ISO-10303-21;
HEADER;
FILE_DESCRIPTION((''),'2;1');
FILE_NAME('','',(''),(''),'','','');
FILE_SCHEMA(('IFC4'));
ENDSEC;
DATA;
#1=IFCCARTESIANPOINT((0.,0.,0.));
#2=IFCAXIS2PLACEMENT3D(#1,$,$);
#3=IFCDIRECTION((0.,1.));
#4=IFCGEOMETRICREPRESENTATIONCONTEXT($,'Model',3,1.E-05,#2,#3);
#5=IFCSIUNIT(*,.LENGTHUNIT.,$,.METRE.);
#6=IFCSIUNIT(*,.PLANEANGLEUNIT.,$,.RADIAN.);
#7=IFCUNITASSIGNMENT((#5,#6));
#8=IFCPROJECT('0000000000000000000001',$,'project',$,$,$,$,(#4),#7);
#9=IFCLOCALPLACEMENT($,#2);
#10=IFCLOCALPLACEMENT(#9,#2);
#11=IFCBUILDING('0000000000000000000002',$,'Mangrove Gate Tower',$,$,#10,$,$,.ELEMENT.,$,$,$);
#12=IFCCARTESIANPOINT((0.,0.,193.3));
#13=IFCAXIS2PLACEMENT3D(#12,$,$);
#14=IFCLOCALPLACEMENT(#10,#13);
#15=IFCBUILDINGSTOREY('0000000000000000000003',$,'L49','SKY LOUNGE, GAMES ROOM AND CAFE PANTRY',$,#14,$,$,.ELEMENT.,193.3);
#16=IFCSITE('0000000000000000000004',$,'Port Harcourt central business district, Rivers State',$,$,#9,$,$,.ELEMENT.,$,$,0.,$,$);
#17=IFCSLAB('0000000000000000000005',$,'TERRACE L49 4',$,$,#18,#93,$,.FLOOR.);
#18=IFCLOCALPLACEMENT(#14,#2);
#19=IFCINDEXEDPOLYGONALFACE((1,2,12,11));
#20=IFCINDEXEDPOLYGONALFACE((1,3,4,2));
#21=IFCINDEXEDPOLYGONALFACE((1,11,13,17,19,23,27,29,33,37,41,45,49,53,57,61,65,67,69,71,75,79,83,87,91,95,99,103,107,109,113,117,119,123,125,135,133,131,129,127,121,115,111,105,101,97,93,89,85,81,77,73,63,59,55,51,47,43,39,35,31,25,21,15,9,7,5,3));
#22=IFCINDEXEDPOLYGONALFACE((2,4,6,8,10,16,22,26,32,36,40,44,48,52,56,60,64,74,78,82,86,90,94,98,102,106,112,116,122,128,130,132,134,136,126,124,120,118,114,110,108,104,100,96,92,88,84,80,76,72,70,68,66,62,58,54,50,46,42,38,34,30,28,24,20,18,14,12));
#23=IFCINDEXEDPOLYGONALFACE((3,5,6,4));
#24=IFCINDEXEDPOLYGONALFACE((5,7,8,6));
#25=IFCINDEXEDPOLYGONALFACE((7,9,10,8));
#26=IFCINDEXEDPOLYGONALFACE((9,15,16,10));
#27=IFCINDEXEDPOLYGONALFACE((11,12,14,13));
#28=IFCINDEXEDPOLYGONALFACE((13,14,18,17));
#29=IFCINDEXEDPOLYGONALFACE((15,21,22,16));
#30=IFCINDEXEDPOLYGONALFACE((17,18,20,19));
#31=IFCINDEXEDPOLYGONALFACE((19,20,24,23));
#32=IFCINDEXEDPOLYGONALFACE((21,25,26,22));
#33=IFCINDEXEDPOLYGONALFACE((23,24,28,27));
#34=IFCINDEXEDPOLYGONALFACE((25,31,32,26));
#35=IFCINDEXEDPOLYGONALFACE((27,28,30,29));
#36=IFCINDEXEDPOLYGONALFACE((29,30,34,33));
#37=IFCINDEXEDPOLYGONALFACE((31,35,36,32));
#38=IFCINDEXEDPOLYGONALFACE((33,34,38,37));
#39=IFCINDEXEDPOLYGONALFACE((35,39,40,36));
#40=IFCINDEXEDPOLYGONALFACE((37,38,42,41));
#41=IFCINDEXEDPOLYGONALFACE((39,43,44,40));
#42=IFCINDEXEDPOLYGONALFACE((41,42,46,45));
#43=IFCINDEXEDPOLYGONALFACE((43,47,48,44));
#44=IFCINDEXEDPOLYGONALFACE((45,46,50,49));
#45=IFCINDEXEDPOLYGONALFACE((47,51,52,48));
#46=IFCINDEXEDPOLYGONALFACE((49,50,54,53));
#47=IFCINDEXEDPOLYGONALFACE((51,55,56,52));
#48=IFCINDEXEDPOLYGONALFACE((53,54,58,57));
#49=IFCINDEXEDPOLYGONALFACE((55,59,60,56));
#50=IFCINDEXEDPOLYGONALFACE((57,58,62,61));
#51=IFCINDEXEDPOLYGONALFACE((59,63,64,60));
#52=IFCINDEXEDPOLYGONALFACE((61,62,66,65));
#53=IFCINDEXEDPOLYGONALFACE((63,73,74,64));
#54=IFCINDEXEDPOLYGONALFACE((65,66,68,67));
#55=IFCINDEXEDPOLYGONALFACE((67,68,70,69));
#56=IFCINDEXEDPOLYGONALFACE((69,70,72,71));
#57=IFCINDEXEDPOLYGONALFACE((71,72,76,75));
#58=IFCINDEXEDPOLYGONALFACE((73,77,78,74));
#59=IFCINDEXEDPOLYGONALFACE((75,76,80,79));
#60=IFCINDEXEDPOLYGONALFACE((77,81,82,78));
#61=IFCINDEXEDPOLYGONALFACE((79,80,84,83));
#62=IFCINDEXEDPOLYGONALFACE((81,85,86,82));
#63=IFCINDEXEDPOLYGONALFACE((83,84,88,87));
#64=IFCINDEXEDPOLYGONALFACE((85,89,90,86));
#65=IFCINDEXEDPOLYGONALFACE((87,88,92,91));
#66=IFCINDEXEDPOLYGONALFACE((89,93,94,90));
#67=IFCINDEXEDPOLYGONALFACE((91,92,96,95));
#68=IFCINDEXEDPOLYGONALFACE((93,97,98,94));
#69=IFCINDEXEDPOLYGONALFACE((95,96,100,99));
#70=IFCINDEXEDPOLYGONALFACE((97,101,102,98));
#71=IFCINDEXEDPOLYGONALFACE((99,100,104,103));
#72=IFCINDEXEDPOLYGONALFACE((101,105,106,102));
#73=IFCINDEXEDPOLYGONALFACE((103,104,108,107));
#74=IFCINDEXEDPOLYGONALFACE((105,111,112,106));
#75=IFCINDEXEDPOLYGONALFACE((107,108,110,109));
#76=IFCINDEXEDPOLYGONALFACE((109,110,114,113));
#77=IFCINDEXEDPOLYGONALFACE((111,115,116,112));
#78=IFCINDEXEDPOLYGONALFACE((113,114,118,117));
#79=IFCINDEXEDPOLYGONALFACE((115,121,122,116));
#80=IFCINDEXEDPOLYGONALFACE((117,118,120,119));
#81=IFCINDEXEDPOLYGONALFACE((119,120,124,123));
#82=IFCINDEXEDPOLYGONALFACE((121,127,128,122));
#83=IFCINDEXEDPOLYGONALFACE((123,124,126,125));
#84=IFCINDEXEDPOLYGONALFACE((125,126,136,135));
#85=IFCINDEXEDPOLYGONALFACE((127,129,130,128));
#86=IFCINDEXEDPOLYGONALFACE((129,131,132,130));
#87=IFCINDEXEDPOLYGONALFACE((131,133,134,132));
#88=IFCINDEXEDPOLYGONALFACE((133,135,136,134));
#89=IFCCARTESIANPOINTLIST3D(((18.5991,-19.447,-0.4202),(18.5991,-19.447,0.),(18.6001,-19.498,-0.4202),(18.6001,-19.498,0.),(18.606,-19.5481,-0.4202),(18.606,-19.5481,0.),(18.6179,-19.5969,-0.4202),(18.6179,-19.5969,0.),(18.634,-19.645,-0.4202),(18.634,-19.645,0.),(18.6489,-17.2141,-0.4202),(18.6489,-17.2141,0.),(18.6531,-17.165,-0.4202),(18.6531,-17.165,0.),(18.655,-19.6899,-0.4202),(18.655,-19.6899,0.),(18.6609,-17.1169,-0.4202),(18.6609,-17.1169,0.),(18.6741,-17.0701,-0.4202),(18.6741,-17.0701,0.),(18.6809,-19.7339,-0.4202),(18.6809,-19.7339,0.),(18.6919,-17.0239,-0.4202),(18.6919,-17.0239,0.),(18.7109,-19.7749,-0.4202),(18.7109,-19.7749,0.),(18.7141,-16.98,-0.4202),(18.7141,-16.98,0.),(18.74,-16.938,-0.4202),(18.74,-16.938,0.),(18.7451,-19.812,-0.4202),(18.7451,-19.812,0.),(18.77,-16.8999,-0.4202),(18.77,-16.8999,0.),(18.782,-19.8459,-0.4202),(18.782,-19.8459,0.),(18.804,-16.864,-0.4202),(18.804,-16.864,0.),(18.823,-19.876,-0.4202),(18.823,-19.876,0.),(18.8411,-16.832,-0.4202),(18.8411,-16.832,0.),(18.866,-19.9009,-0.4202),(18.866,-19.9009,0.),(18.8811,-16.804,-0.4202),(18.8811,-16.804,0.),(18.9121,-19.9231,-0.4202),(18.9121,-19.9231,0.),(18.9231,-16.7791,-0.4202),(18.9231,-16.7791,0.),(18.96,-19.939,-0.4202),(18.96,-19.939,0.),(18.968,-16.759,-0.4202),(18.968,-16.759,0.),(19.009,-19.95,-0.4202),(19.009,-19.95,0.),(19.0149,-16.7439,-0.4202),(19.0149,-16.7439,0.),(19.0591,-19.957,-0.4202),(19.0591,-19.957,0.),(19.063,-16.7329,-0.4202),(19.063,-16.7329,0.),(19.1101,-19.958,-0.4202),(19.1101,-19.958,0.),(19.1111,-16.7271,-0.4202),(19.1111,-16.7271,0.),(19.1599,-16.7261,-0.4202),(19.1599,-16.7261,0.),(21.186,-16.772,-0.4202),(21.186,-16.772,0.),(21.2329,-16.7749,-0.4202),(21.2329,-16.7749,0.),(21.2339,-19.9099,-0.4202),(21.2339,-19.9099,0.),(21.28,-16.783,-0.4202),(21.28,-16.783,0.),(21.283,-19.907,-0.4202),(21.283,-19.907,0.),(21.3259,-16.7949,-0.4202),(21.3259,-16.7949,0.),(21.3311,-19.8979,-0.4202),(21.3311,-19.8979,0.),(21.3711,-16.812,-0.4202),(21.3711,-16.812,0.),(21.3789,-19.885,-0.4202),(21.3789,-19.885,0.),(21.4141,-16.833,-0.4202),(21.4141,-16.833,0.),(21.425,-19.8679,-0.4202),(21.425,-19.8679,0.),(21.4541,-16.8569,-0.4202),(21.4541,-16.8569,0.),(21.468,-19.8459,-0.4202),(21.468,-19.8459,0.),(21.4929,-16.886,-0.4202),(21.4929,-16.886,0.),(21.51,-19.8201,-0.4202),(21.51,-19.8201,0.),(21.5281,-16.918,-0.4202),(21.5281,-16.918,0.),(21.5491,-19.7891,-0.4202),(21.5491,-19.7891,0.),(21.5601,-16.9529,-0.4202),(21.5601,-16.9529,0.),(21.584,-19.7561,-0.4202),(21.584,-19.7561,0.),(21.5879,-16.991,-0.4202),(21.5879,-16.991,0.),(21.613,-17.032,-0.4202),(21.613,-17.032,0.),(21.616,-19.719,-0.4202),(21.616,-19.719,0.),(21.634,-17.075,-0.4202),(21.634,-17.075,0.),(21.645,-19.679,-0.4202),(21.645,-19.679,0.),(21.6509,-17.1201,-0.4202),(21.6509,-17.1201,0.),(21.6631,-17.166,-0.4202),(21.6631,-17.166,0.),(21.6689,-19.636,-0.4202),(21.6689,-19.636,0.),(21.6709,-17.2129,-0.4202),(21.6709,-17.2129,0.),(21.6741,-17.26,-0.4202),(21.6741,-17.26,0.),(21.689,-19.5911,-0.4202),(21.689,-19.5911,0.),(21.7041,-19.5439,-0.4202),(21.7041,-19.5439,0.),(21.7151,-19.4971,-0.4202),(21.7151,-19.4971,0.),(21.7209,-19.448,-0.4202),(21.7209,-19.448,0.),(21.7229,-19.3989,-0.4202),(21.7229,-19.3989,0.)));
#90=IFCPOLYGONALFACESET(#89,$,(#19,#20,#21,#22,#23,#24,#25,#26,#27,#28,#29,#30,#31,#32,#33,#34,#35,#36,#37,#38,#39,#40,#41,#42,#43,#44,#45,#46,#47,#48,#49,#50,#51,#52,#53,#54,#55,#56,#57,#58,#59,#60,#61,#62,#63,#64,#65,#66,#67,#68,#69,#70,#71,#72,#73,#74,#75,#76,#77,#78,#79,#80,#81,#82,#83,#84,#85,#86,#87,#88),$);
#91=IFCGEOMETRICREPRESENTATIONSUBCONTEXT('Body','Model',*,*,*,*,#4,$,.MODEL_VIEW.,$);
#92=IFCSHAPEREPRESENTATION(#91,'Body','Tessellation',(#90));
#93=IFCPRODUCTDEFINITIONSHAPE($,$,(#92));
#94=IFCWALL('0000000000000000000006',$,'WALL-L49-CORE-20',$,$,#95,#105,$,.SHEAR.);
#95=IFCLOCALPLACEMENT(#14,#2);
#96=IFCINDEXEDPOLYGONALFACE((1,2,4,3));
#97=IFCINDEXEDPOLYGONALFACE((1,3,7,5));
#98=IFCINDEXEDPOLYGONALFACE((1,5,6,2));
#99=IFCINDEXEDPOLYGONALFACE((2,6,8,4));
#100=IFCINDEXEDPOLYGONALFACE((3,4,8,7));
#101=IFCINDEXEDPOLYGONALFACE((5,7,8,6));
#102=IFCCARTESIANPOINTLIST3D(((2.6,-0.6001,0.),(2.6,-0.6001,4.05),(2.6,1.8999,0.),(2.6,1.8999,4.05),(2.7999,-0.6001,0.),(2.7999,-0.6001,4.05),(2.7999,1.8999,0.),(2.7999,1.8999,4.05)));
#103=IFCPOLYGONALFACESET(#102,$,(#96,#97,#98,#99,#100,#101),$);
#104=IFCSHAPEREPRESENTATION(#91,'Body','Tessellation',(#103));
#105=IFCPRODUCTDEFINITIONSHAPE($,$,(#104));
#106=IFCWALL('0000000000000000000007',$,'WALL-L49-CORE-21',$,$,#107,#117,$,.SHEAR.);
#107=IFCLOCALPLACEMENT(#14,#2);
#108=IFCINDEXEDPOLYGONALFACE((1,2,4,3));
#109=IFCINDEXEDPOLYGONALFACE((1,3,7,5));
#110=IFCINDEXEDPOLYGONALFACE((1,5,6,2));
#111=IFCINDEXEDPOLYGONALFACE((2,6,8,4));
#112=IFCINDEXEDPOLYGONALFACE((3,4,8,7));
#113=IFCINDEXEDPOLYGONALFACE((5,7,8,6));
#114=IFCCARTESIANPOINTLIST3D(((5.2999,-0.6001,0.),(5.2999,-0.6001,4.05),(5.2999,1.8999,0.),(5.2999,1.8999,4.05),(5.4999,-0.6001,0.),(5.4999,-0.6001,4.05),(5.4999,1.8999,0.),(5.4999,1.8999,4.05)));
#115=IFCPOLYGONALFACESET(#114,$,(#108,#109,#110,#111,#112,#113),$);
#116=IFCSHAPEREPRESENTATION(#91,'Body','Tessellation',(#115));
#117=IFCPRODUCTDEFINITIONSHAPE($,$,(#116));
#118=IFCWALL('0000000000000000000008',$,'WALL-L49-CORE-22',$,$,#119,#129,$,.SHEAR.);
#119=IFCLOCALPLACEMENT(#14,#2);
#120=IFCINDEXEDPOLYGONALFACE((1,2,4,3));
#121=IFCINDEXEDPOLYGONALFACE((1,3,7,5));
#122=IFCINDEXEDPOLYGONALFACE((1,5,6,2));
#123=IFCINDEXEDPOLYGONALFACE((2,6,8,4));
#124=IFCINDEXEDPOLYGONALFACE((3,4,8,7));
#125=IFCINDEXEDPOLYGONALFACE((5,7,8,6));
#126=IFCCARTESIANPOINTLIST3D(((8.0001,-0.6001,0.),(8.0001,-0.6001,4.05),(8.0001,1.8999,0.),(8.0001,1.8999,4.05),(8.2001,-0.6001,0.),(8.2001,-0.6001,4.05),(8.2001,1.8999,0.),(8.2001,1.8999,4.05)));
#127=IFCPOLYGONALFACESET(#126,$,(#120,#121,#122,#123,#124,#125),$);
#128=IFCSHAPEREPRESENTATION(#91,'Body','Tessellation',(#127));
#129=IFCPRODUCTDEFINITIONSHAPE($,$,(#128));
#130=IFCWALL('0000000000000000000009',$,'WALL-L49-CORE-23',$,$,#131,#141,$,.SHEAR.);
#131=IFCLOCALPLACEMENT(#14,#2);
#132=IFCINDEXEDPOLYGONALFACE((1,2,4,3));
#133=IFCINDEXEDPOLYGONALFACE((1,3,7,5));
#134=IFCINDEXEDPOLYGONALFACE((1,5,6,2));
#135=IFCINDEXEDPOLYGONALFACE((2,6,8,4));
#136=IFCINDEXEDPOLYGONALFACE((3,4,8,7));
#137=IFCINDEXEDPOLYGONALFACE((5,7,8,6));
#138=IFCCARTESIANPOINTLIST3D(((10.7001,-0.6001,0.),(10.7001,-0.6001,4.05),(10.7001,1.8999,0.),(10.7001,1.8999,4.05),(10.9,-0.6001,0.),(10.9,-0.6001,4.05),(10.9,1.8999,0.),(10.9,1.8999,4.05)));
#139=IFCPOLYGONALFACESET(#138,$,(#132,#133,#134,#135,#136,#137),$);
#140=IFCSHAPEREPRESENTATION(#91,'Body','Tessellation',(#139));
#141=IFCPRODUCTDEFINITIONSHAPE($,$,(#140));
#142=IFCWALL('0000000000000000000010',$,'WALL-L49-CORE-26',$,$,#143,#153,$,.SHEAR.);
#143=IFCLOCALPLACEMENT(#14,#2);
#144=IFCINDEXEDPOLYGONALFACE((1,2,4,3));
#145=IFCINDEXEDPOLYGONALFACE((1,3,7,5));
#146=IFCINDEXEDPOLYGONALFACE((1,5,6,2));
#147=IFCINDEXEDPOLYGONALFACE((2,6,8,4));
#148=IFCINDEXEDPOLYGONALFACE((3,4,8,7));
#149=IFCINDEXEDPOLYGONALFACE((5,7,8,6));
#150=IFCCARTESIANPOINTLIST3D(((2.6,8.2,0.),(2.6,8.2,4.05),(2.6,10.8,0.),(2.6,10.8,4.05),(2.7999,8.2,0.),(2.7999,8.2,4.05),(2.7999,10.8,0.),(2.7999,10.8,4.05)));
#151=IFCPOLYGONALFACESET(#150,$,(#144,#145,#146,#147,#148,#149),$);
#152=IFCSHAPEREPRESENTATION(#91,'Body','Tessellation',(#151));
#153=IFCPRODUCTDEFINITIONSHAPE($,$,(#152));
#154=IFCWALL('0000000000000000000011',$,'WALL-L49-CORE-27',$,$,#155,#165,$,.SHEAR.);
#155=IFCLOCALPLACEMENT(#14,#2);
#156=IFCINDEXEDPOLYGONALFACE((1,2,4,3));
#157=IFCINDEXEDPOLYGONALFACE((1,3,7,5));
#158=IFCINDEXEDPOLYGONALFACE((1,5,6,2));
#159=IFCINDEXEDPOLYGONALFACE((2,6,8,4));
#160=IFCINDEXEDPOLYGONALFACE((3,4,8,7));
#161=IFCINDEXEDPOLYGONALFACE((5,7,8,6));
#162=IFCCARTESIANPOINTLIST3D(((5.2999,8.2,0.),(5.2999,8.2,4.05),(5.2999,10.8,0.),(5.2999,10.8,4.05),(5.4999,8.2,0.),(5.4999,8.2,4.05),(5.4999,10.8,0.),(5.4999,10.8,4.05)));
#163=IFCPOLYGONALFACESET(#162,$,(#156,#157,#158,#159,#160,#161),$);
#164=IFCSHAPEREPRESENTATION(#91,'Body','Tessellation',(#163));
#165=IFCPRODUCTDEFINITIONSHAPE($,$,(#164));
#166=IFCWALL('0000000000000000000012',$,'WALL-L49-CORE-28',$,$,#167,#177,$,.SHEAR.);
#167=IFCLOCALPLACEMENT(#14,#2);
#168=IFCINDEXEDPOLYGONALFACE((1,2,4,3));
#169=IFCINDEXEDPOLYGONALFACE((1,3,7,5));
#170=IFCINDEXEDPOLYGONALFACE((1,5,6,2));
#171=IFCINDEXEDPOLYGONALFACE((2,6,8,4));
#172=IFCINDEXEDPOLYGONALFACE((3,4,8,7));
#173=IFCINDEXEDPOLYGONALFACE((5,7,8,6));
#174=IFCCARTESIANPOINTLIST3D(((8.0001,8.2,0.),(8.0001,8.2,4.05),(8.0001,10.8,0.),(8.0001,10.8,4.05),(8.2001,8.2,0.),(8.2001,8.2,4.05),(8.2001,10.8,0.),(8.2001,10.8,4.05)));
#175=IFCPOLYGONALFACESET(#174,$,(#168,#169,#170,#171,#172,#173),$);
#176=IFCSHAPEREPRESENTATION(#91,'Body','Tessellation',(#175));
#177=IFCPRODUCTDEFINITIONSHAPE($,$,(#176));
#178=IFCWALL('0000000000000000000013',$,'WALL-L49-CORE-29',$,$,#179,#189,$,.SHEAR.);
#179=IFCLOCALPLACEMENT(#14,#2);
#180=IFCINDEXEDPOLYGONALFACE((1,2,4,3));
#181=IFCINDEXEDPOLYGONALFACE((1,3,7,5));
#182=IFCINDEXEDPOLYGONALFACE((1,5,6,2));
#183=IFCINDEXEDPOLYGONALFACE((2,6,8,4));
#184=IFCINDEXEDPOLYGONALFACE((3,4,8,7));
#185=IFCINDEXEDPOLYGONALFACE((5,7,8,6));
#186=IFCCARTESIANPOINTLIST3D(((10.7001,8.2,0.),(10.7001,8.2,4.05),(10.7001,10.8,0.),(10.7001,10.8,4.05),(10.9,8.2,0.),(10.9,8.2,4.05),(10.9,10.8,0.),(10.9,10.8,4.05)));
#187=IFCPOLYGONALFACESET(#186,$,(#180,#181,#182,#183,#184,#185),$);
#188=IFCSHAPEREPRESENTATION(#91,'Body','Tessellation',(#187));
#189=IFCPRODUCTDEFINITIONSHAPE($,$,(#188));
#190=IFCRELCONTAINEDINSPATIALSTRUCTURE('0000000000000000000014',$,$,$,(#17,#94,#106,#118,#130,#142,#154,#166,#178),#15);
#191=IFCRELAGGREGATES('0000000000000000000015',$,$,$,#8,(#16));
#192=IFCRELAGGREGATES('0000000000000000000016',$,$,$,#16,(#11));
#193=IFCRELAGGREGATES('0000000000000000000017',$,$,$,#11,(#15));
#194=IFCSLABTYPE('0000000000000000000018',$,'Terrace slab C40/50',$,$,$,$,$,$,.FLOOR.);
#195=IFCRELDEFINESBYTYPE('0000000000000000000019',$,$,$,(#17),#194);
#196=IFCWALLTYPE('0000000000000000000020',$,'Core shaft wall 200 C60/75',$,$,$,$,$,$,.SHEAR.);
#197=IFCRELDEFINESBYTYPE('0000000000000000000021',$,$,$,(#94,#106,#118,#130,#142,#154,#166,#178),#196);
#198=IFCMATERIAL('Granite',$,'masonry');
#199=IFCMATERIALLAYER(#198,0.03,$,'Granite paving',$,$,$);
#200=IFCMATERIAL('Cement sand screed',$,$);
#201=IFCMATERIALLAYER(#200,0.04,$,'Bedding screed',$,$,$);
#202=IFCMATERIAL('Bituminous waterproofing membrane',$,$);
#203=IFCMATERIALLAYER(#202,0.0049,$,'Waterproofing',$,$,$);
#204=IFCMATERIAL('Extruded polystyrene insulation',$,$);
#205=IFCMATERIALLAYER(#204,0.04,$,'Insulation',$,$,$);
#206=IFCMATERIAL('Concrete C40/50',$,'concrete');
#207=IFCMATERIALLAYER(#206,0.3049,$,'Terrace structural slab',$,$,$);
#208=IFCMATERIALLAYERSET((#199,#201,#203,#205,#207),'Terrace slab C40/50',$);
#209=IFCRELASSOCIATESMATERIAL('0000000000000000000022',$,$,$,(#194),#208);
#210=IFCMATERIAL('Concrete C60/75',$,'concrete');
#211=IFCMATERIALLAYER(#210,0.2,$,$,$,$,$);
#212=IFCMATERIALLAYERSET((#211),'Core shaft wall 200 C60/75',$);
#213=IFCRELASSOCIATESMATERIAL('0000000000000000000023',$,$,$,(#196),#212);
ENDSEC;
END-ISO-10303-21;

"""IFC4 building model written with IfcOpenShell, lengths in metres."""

from ifc_helpers import new_model, si_unit, direction, frame, frame_2d, origin, place, context, subcontext, project, spatial, polyline, rectangle, outline, extrude, material, layer, layer_set, type_object, element, save


model = new_model("IFC4")

# Units and contexts
model_context = context("Model", 3, precision=1e-05, world=origin(), true_north=direction((0.0, 1.0)))
body_context = subcontext(model_context, "Body", "Model", "MODEL_VIEW")
ifc_project = project(units=[si_unit("LENGTHUNIT", "METRE"), si_unit("PLANEANGLEUNIT", "RADIAN")], contexts=[model_context])

# Site, building, storey
site_placement = place(None, origin())
site = spatial("IfcSite", under=ifc_project, at=site_placement, Name="Port Harcourt central business district, Rivers State", CompositionType="ELEMENT", RefElevation=0.0)
building_placement = place(site_placement, origin())
building = spatial("IfcBuilding", under=site, at=building_placement, Name="Mangrove Gate Tower", CompositionType="ELEMENT")
storey_placement = place(building_placement, frame((0.0, 0.0, 193.3)))
storey = spatial("IfcBuildingStorey", under=building, at=storey_placement, Name="L49", Description="SKY LOUNGE, GAMES ROOM AND CAFE PANTRY", CompositionType="ELEMENT", Elevation=193.3)

# Shared definitions
ifc_material_1 = material(Name="Cement sand screed")
ifc_material_2 = material(Name="Bituminous waterproofing membrane")
ifc_material_3 = material(Name="Concrete C40/50", Category="concrete")

# Slab
ifc_material_4 = material(Name="Granite", Category="masonry")
ifc_layer_1 = layer(ifc_material_4, 0.03, Name="Granite paving")
ifc_layer_2 = layer(ifc_material_1, 0.04, Name="Bedding screed")
ifc_layer_3 = layer(ifc_material_2, 0.0049, Name="Waterproofing")
ifc_material_5 = material(Name="Extruded polystyrene insulation")
ifc_layer_4 = layer(ifc_material_5, 0.04, Name="Insulation")
ifc_layer_5 = layer(ifc_material_3, 0.3049, Name="Terrace structural slab")
ifc_layer_set_1 = layer_set([ifc_layer_1, ifc_layer_2, ifc_layer_3, ifc_layer_4, ifc_layer_5], Name="Terrace slab C40/50")
slab_type_1 = type_object("IfcSlabType", Name="Terrace slab C40/50", PredefinedType="FLOOR", material=ifc_layer_set_1)
slab_1_placement = place(storey_placement, frame((0.0, 0.0, -0.4202)))
element("IfcSlab", 1, at=slab_1_placement, inside=storey, type_object=slab_type_1, Name="TERRACE L49 4", PredefinedType="FLOOR", context=body_context, shape_type="SweptSolid", body=[
    extrude(outline(polyline([(21.7229, -19.3989), (21.6741, -17.26), (21.6709, -17.2129), (21.6631, -17.166), (21.6509, -17.1201), (21.634, -17.075), (21.613, -17.032), (21.5879, -16.991), (21.5601, -16.9529), (21.5281, -16.918), (21.4929, -16.886), (21.4541, -16.8569), (21.4141, -16.833), (21.3711, -16.812), (21.3259, -16.7949), (21.28, -16.783), (21.2329, -16.7749), (21.186, -16.772), (19.1599, -16.7261), (19.1111, -16.7271), (19.063, -16.7329), (19.0149, -16.7439), (18.968, -16.759), (18.9231, -16.7791), (18.8811, -16.804), (18.8411, -16.832), (18.804, -16.864), (18.77, -16.8999), (18.74, -16.938), (18.7141, -16.98), (18.6919, -17.0239), (18.6741, -17.0701), (18.6609, -17.1169), (18.6531, -17.165), (18.6489, -17.2141), (18.5991, -19.447), (18.6001, -19.498), (18.606, -19.5481), (18.6179, -19.5969), (18.634, -19.645), (18.655, -19.6899), (18.6809, -19.7339), (18.7109, -19.7749), (18.7451, -19.812), (18.782, -19.8459), (18.823, -19.876), (18.866, -19.9009), (18.9121, -19.9231), (18.96, -19.939), (19.009, -19.95), (19.0591, -19.957), (19.1101, -19.958), (21.2339, -19.9099), (21.283, -19.907), (21.3311, -19.8979), (21.3789, -19.885), (21.425, -19.8679), (21.468, -19.8459), (21.51, -19.8201), (21.5491, -19.7891), (21.584, -19.7561), (21.616, -19.719), (21.645, -19.679), (21.6689, -19.636), (21.689, -19.5911), (21.7041, -19.5439), (21.7151, -19.4971), (21.7209, -19.448), (21.7229, -19.3989)])), origin(), (0.0, 0.0, 1.0), 0.4202),
])

# Walls
ifc_material_6 = material(Name="Concrete C60/75", Category="concrete")
ifc_layer_6 = layer(ifc_material_6, 0.2)
ifc_layer_set_2 = layer_set([ifc_layer_6], Name="Core shaft wall 200 C60/75")
wall_type = type_object("IfcWallType", Name="Core shaft wall 200 C60/75", PredefinedType="SHEAR", material=ifc_layer_set_2)
for number, where, z_axis, x_axis, name in (
    (2, (2.7, -0.6001, 0.0), (0.0, 0.0, 1.0), (0.0, 1.0, 0.0), "WALL-L49-CORE-20"),
    (3, (5.3999, -0.6001, 0.0), (0.0, 0.0, 1.0), (0.0, 1.0, 0.0), "WALL-L49-CORE-21"),
    (4, (8.1001, -0.6001, 0.0), (0.0, 0.0, 1.0), (0.0, 1.0, 0.0), "WALL-L49-CORE-22"),
    (5, (10.8, -0.6001, 0.0), (0.0, 0.0, 1.0), (0.0, 1.0, 0.0), "WALL-L49-CORE-23"),
):
    element("IfcWall", number, at=place(storey_placement, frame(where, z_axis=z_axis, x_axis=x_axis)), inside=storey, type_object=wall_type, Name=name, PredefinedType="SHEAR", context=body_context, shape_type="SweptSolid", body=[
        extrude(rectangle(XDim=2.5, YDim=0.2, at=frame_2d((1.25, 0.0))), origin(), (0.0, 0.0, 1.0), 4.05),
    ])
for number, where, z_axis, x_axis, name in (
    (6, (2.7, 8.2, 0.0), (0.0, 0.0, 1.0), (0.0, 1.0, 0.0), "WALL-L49-CORE-26"),
    (7, (5.3999, 8.2, 0.0), (0.0, 0.0, 1.0), (0.0, 1.0, 0.0), "WALL-L49-CORE-27"),
    (8, (8.1001, 8.2, 0.0), (0.0, 0.0, 1.0), (0.0, 1.0, 0.0), "WALL-L49-CORE-28"),
    (9, (10.8, 8.2, 0.0), (0.0, 0.0, 1.0), (0.0, 1.0, 0.0), "WALL-L49-CORE-29"),
):
    element("IfcWall", number, at=place(storey_placement, frame(where, z_axis=z_axis, x_axis=x_axis)), inside=storey, type_object=wall_type, Name=name, PredefinedType="SHEAR", context=body_context, shape_type="SweptSolid", body=[
        extrude(rectangle(XDim=2.6001, YDim=0.2, at=frame_2d((1.3, 0.0))), origin(), (0.0, 0.0, 1.0), 4.05),
    ])

save(model, "model.ifc")
